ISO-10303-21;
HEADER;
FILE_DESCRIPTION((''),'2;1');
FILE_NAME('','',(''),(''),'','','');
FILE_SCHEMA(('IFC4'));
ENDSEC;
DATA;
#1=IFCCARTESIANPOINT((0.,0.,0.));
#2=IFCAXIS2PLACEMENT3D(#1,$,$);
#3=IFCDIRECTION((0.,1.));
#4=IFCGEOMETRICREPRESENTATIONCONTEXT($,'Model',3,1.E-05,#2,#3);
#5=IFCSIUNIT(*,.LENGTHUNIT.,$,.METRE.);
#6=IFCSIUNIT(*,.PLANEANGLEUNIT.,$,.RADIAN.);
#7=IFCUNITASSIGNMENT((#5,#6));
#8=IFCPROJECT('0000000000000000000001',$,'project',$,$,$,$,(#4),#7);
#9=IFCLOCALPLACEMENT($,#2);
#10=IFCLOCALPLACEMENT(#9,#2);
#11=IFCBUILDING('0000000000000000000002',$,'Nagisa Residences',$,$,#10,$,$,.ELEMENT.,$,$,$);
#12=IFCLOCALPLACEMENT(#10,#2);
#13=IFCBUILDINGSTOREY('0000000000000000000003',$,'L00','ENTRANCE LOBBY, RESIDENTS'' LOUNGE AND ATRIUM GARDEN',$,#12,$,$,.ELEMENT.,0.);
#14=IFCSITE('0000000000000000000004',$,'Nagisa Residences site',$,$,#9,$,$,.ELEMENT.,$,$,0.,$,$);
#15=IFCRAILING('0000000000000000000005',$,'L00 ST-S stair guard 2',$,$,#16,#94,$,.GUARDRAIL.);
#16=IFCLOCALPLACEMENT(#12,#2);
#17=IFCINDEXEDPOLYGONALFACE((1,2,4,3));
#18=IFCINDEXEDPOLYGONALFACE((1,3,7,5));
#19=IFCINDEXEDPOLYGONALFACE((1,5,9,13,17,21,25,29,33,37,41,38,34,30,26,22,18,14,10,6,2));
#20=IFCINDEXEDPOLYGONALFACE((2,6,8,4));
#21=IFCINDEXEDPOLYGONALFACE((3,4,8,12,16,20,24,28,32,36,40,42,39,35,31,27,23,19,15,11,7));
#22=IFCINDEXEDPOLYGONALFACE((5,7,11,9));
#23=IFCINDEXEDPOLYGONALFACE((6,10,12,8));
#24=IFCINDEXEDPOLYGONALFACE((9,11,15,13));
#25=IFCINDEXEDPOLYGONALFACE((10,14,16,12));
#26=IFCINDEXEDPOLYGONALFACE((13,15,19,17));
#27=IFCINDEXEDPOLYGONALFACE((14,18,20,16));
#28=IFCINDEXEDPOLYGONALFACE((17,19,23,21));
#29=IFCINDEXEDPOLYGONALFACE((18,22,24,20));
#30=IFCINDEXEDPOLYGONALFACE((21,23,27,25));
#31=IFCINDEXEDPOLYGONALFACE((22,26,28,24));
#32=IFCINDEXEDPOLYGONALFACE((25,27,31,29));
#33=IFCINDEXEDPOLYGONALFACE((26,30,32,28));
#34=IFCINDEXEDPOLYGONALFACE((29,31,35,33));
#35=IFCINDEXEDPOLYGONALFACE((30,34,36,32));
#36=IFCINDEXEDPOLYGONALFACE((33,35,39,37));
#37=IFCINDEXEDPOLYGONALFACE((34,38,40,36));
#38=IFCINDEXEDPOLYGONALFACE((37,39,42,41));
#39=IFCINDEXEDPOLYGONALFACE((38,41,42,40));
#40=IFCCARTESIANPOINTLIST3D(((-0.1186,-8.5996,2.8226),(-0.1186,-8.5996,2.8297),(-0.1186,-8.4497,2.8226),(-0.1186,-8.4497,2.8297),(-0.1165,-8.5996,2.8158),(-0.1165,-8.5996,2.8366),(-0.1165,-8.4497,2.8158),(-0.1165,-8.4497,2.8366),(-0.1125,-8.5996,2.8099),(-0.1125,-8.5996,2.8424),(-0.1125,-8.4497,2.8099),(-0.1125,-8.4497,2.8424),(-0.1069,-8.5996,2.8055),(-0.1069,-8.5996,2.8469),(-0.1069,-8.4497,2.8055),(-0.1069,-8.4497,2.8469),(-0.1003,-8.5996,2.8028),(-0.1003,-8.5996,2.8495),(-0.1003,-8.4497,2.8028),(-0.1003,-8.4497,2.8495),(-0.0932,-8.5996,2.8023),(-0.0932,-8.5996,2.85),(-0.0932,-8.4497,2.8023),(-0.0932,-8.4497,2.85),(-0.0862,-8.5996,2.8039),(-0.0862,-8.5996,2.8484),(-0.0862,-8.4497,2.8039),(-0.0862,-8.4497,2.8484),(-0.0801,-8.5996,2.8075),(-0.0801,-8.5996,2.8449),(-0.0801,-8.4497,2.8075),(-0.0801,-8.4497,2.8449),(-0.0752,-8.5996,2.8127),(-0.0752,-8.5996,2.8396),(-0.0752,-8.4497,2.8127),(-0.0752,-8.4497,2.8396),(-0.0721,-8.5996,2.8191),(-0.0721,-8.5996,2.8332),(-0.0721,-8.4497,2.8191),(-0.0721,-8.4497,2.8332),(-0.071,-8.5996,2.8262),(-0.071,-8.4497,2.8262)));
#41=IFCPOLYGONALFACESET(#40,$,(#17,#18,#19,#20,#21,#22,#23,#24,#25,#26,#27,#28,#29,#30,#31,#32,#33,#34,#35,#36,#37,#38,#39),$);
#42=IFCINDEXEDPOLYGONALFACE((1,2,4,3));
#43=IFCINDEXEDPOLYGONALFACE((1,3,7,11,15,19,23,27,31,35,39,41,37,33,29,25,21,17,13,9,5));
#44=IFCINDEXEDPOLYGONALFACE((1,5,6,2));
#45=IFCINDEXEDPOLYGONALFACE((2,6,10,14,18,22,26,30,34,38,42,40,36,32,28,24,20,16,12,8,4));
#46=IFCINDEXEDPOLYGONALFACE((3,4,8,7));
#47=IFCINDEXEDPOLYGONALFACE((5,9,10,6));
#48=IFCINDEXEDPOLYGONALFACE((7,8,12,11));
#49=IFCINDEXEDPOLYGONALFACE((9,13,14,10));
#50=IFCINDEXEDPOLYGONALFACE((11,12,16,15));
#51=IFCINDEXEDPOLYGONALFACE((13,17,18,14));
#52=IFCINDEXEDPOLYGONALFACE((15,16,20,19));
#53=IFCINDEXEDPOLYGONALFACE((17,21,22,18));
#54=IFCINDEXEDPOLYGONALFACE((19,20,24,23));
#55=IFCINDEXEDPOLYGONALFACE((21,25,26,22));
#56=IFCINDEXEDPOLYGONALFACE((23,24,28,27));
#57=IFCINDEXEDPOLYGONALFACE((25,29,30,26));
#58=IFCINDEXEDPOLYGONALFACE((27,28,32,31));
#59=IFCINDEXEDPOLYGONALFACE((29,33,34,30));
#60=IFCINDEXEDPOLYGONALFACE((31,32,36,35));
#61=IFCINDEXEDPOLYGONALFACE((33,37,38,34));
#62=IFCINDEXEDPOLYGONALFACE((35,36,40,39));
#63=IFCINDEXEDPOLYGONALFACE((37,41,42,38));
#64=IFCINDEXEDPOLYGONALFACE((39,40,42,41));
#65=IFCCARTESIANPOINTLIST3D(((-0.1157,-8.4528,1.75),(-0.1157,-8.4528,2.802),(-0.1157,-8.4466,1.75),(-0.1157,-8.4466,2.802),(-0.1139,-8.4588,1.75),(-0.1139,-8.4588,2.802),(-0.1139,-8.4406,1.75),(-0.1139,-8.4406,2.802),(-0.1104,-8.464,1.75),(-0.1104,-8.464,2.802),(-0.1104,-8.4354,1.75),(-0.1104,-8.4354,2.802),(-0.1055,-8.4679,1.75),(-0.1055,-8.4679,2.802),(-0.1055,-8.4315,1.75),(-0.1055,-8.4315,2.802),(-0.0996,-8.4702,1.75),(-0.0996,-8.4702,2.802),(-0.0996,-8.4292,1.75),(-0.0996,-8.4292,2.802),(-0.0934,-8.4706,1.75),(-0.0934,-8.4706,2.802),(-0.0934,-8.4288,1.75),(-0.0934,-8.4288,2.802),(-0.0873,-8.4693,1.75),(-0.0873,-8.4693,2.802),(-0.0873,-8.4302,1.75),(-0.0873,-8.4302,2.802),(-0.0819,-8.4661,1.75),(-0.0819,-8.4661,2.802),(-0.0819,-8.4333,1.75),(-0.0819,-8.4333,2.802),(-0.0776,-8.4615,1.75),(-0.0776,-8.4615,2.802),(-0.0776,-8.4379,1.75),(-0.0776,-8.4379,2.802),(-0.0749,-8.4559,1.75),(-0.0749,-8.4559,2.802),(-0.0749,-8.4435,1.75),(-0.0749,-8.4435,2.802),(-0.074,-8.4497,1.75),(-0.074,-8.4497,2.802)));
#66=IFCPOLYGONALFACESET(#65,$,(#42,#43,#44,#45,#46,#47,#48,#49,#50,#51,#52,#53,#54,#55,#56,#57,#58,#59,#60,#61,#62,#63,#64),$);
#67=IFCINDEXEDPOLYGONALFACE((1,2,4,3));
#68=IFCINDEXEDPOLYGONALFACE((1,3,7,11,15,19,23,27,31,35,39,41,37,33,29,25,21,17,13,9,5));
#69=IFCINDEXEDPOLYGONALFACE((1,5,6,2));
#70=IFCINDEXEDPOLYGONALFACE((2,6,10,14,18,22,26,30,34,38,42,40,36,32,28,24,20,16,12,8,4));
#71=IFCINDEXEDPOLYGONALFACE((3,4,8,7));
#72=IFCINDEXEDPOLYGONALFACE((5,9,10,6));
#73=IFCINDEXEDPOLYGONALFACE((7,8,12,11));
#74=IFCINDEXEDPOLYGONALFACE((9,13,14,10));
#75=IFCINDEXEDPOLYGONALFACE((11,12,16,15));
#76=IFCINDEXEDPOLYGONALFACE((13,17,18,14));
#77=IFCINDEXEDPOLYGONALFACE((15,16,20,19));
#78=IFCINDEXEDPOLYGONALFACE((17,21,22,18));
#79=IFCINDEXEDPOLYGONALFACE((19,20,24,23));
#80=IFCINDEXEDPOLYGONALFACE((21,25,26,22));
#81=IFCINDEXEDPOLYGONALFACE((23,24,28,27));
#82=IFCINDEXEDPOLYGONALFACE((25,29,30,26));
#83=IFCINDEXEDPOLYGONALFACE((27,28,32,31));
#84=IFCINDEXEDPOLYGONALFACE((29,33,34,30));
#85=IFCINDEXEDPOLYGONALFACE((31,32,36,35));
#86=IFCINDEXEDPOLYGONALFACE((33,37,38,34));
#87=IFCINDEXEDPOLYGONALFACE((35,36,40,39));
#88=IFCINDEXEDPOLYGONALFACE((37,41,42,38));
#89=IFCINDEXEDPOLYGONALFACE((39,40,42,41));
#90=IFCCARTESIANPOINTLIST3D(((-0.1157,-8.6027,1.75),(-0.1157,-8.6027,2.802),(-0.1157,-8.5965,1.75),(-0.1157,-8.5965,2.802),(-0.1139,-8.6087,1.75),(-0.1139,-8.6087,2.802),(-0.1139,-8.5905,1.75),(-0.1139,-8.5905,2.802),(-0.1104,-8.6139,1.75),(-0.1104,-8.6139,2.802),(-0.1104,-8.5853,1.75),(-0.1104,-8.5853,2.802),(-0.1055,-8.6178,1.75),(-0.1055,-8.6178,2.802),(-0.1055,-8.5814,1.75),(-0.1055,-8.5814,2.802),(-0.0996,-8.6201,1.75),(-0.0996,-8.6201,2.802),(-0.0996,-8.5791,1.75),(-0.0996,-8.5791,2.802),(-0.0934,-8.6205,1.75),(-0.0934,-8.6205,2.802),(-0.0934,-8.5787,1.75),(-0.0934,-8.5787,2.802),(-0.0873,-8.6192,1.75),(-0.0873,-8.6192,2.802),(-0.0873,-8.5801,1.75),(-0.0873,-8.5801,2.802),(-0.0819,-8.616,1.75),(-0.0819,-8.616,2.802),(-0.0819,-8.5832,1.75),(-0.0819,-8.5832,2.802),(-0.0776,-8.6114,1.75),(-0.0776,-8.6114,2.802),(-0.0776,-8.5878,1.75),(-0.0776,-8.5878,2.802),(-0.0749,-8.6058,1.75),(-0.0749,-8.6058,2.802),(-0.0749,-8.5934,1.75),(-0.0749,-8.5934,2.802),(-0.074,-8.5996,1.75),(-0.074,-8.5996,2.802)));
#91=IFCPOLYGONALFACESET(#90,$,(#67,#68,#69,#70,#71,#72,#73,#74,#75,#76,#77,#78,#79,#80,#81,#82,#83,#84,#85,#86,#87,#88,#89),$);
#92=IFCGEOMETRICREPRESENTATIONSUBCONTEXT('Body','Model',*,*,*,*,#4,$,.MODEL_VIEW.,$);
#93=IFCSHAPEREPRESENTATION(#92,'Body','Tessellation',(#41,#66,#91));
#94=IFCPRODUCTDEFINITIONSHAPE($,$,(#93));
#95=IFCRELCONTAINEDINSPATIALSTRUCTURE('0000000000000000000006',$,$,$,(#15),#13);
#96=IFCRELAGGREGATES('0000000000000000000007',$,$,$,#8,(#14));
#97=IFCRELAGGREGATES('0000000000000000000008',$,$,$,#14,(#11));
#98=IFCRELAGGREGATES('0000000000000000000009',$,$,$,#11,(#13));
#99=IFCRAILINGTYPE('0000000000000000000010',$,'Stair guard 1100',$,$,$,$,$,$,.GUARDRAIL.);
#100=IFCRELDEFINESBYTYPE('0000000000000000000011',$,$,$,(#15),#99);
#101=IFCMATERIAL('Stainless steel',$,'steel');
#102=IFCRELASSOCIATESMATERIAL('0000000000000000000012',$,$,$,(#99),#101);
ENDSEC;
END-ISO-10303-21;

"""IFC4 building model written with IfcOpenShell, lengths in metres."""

from ifc_helpers import new_model, si_unit, direction, frame, origin, origin_2d, place, context, subcontext, project, spatial, circle, extrude, material, type_object, element, save


model = new_model("IFC4")

# Units and contexts
model_context = context("Model", 3, precision=1e-05, world=origin(), true_north=direction((0.0, 1.0)))
body_context = subcontext(model_context, "Body", "Model", "MODEL_VIEW")
ifc_project = project(units=[si_unit("LENGTHUNIT", "METRE"), si_unit("PLANEANGLEUNIT", "RADIAN")], contexts=[model_context])

# Site, building, storey
site_placement = place(None, origin())
site = spatial("IfcSite", under=ifc_project, at=site_placement, Name="Nagisa Residences site", CompositionType="ELEMENT", RefElevation=0.0)
building_placement = place(site_placement, origin())
building = spatial("IfcBuilding", under=site, at=building_placement, Name="Nagisa Residences", CompositionType="ELEMENT")
storey_placement = place(building_placement, origin())
storey = spatial("IfcBuildingStorey", under=building, at=storey_placement, Name="L00", Description="ENTRANCE LOBBY, RESIDENTS' LOUNGE AND ATRIUM GARDEN", CompositionType="ELEMENT", Elevation=0.0)

# Railing
ifc_material_1 = material(Name="Stainless steel", Category="steel")
railing_type_1 = type_object("IfcRailingType", Name="Stair guard 1100", PredefinedType="GUARDRAIL", material=ifc_material_1)
railing_1_placement = place(storey_placement, frame((-0.095, -8.4497, 1.75)))
element("IfcRailing", 1, at=railing_1_placement, inside=storey, type_object=railing_type_1, Name="L00 ST-S stair guard 2", PredefinedType="GUARDRAIL", context=body_context, shape_type="SweptSolid", body=[
    extrude(circle(Radius=0.0239, at=origin_2d()), frame((0.0, 0.0, 1.0762), z_axis=(0.0, -1.0, 0.0), x_axis=(1.0, 0.0, 0.0)), (0.0, 0.0, 1.0), 0.1499),
    extrude(circle(Radius=0.021, at=origin_2d()), origin(), (0.0, 0.0, 1.0), 1.052),
    extrude(circle(Radius=0.021, at=origin_2d()), frame((0.0, -0.1499, 0.0)), (0.0, 0.0, 1.0), 1.052),
])

save(model, "model.ifc")
